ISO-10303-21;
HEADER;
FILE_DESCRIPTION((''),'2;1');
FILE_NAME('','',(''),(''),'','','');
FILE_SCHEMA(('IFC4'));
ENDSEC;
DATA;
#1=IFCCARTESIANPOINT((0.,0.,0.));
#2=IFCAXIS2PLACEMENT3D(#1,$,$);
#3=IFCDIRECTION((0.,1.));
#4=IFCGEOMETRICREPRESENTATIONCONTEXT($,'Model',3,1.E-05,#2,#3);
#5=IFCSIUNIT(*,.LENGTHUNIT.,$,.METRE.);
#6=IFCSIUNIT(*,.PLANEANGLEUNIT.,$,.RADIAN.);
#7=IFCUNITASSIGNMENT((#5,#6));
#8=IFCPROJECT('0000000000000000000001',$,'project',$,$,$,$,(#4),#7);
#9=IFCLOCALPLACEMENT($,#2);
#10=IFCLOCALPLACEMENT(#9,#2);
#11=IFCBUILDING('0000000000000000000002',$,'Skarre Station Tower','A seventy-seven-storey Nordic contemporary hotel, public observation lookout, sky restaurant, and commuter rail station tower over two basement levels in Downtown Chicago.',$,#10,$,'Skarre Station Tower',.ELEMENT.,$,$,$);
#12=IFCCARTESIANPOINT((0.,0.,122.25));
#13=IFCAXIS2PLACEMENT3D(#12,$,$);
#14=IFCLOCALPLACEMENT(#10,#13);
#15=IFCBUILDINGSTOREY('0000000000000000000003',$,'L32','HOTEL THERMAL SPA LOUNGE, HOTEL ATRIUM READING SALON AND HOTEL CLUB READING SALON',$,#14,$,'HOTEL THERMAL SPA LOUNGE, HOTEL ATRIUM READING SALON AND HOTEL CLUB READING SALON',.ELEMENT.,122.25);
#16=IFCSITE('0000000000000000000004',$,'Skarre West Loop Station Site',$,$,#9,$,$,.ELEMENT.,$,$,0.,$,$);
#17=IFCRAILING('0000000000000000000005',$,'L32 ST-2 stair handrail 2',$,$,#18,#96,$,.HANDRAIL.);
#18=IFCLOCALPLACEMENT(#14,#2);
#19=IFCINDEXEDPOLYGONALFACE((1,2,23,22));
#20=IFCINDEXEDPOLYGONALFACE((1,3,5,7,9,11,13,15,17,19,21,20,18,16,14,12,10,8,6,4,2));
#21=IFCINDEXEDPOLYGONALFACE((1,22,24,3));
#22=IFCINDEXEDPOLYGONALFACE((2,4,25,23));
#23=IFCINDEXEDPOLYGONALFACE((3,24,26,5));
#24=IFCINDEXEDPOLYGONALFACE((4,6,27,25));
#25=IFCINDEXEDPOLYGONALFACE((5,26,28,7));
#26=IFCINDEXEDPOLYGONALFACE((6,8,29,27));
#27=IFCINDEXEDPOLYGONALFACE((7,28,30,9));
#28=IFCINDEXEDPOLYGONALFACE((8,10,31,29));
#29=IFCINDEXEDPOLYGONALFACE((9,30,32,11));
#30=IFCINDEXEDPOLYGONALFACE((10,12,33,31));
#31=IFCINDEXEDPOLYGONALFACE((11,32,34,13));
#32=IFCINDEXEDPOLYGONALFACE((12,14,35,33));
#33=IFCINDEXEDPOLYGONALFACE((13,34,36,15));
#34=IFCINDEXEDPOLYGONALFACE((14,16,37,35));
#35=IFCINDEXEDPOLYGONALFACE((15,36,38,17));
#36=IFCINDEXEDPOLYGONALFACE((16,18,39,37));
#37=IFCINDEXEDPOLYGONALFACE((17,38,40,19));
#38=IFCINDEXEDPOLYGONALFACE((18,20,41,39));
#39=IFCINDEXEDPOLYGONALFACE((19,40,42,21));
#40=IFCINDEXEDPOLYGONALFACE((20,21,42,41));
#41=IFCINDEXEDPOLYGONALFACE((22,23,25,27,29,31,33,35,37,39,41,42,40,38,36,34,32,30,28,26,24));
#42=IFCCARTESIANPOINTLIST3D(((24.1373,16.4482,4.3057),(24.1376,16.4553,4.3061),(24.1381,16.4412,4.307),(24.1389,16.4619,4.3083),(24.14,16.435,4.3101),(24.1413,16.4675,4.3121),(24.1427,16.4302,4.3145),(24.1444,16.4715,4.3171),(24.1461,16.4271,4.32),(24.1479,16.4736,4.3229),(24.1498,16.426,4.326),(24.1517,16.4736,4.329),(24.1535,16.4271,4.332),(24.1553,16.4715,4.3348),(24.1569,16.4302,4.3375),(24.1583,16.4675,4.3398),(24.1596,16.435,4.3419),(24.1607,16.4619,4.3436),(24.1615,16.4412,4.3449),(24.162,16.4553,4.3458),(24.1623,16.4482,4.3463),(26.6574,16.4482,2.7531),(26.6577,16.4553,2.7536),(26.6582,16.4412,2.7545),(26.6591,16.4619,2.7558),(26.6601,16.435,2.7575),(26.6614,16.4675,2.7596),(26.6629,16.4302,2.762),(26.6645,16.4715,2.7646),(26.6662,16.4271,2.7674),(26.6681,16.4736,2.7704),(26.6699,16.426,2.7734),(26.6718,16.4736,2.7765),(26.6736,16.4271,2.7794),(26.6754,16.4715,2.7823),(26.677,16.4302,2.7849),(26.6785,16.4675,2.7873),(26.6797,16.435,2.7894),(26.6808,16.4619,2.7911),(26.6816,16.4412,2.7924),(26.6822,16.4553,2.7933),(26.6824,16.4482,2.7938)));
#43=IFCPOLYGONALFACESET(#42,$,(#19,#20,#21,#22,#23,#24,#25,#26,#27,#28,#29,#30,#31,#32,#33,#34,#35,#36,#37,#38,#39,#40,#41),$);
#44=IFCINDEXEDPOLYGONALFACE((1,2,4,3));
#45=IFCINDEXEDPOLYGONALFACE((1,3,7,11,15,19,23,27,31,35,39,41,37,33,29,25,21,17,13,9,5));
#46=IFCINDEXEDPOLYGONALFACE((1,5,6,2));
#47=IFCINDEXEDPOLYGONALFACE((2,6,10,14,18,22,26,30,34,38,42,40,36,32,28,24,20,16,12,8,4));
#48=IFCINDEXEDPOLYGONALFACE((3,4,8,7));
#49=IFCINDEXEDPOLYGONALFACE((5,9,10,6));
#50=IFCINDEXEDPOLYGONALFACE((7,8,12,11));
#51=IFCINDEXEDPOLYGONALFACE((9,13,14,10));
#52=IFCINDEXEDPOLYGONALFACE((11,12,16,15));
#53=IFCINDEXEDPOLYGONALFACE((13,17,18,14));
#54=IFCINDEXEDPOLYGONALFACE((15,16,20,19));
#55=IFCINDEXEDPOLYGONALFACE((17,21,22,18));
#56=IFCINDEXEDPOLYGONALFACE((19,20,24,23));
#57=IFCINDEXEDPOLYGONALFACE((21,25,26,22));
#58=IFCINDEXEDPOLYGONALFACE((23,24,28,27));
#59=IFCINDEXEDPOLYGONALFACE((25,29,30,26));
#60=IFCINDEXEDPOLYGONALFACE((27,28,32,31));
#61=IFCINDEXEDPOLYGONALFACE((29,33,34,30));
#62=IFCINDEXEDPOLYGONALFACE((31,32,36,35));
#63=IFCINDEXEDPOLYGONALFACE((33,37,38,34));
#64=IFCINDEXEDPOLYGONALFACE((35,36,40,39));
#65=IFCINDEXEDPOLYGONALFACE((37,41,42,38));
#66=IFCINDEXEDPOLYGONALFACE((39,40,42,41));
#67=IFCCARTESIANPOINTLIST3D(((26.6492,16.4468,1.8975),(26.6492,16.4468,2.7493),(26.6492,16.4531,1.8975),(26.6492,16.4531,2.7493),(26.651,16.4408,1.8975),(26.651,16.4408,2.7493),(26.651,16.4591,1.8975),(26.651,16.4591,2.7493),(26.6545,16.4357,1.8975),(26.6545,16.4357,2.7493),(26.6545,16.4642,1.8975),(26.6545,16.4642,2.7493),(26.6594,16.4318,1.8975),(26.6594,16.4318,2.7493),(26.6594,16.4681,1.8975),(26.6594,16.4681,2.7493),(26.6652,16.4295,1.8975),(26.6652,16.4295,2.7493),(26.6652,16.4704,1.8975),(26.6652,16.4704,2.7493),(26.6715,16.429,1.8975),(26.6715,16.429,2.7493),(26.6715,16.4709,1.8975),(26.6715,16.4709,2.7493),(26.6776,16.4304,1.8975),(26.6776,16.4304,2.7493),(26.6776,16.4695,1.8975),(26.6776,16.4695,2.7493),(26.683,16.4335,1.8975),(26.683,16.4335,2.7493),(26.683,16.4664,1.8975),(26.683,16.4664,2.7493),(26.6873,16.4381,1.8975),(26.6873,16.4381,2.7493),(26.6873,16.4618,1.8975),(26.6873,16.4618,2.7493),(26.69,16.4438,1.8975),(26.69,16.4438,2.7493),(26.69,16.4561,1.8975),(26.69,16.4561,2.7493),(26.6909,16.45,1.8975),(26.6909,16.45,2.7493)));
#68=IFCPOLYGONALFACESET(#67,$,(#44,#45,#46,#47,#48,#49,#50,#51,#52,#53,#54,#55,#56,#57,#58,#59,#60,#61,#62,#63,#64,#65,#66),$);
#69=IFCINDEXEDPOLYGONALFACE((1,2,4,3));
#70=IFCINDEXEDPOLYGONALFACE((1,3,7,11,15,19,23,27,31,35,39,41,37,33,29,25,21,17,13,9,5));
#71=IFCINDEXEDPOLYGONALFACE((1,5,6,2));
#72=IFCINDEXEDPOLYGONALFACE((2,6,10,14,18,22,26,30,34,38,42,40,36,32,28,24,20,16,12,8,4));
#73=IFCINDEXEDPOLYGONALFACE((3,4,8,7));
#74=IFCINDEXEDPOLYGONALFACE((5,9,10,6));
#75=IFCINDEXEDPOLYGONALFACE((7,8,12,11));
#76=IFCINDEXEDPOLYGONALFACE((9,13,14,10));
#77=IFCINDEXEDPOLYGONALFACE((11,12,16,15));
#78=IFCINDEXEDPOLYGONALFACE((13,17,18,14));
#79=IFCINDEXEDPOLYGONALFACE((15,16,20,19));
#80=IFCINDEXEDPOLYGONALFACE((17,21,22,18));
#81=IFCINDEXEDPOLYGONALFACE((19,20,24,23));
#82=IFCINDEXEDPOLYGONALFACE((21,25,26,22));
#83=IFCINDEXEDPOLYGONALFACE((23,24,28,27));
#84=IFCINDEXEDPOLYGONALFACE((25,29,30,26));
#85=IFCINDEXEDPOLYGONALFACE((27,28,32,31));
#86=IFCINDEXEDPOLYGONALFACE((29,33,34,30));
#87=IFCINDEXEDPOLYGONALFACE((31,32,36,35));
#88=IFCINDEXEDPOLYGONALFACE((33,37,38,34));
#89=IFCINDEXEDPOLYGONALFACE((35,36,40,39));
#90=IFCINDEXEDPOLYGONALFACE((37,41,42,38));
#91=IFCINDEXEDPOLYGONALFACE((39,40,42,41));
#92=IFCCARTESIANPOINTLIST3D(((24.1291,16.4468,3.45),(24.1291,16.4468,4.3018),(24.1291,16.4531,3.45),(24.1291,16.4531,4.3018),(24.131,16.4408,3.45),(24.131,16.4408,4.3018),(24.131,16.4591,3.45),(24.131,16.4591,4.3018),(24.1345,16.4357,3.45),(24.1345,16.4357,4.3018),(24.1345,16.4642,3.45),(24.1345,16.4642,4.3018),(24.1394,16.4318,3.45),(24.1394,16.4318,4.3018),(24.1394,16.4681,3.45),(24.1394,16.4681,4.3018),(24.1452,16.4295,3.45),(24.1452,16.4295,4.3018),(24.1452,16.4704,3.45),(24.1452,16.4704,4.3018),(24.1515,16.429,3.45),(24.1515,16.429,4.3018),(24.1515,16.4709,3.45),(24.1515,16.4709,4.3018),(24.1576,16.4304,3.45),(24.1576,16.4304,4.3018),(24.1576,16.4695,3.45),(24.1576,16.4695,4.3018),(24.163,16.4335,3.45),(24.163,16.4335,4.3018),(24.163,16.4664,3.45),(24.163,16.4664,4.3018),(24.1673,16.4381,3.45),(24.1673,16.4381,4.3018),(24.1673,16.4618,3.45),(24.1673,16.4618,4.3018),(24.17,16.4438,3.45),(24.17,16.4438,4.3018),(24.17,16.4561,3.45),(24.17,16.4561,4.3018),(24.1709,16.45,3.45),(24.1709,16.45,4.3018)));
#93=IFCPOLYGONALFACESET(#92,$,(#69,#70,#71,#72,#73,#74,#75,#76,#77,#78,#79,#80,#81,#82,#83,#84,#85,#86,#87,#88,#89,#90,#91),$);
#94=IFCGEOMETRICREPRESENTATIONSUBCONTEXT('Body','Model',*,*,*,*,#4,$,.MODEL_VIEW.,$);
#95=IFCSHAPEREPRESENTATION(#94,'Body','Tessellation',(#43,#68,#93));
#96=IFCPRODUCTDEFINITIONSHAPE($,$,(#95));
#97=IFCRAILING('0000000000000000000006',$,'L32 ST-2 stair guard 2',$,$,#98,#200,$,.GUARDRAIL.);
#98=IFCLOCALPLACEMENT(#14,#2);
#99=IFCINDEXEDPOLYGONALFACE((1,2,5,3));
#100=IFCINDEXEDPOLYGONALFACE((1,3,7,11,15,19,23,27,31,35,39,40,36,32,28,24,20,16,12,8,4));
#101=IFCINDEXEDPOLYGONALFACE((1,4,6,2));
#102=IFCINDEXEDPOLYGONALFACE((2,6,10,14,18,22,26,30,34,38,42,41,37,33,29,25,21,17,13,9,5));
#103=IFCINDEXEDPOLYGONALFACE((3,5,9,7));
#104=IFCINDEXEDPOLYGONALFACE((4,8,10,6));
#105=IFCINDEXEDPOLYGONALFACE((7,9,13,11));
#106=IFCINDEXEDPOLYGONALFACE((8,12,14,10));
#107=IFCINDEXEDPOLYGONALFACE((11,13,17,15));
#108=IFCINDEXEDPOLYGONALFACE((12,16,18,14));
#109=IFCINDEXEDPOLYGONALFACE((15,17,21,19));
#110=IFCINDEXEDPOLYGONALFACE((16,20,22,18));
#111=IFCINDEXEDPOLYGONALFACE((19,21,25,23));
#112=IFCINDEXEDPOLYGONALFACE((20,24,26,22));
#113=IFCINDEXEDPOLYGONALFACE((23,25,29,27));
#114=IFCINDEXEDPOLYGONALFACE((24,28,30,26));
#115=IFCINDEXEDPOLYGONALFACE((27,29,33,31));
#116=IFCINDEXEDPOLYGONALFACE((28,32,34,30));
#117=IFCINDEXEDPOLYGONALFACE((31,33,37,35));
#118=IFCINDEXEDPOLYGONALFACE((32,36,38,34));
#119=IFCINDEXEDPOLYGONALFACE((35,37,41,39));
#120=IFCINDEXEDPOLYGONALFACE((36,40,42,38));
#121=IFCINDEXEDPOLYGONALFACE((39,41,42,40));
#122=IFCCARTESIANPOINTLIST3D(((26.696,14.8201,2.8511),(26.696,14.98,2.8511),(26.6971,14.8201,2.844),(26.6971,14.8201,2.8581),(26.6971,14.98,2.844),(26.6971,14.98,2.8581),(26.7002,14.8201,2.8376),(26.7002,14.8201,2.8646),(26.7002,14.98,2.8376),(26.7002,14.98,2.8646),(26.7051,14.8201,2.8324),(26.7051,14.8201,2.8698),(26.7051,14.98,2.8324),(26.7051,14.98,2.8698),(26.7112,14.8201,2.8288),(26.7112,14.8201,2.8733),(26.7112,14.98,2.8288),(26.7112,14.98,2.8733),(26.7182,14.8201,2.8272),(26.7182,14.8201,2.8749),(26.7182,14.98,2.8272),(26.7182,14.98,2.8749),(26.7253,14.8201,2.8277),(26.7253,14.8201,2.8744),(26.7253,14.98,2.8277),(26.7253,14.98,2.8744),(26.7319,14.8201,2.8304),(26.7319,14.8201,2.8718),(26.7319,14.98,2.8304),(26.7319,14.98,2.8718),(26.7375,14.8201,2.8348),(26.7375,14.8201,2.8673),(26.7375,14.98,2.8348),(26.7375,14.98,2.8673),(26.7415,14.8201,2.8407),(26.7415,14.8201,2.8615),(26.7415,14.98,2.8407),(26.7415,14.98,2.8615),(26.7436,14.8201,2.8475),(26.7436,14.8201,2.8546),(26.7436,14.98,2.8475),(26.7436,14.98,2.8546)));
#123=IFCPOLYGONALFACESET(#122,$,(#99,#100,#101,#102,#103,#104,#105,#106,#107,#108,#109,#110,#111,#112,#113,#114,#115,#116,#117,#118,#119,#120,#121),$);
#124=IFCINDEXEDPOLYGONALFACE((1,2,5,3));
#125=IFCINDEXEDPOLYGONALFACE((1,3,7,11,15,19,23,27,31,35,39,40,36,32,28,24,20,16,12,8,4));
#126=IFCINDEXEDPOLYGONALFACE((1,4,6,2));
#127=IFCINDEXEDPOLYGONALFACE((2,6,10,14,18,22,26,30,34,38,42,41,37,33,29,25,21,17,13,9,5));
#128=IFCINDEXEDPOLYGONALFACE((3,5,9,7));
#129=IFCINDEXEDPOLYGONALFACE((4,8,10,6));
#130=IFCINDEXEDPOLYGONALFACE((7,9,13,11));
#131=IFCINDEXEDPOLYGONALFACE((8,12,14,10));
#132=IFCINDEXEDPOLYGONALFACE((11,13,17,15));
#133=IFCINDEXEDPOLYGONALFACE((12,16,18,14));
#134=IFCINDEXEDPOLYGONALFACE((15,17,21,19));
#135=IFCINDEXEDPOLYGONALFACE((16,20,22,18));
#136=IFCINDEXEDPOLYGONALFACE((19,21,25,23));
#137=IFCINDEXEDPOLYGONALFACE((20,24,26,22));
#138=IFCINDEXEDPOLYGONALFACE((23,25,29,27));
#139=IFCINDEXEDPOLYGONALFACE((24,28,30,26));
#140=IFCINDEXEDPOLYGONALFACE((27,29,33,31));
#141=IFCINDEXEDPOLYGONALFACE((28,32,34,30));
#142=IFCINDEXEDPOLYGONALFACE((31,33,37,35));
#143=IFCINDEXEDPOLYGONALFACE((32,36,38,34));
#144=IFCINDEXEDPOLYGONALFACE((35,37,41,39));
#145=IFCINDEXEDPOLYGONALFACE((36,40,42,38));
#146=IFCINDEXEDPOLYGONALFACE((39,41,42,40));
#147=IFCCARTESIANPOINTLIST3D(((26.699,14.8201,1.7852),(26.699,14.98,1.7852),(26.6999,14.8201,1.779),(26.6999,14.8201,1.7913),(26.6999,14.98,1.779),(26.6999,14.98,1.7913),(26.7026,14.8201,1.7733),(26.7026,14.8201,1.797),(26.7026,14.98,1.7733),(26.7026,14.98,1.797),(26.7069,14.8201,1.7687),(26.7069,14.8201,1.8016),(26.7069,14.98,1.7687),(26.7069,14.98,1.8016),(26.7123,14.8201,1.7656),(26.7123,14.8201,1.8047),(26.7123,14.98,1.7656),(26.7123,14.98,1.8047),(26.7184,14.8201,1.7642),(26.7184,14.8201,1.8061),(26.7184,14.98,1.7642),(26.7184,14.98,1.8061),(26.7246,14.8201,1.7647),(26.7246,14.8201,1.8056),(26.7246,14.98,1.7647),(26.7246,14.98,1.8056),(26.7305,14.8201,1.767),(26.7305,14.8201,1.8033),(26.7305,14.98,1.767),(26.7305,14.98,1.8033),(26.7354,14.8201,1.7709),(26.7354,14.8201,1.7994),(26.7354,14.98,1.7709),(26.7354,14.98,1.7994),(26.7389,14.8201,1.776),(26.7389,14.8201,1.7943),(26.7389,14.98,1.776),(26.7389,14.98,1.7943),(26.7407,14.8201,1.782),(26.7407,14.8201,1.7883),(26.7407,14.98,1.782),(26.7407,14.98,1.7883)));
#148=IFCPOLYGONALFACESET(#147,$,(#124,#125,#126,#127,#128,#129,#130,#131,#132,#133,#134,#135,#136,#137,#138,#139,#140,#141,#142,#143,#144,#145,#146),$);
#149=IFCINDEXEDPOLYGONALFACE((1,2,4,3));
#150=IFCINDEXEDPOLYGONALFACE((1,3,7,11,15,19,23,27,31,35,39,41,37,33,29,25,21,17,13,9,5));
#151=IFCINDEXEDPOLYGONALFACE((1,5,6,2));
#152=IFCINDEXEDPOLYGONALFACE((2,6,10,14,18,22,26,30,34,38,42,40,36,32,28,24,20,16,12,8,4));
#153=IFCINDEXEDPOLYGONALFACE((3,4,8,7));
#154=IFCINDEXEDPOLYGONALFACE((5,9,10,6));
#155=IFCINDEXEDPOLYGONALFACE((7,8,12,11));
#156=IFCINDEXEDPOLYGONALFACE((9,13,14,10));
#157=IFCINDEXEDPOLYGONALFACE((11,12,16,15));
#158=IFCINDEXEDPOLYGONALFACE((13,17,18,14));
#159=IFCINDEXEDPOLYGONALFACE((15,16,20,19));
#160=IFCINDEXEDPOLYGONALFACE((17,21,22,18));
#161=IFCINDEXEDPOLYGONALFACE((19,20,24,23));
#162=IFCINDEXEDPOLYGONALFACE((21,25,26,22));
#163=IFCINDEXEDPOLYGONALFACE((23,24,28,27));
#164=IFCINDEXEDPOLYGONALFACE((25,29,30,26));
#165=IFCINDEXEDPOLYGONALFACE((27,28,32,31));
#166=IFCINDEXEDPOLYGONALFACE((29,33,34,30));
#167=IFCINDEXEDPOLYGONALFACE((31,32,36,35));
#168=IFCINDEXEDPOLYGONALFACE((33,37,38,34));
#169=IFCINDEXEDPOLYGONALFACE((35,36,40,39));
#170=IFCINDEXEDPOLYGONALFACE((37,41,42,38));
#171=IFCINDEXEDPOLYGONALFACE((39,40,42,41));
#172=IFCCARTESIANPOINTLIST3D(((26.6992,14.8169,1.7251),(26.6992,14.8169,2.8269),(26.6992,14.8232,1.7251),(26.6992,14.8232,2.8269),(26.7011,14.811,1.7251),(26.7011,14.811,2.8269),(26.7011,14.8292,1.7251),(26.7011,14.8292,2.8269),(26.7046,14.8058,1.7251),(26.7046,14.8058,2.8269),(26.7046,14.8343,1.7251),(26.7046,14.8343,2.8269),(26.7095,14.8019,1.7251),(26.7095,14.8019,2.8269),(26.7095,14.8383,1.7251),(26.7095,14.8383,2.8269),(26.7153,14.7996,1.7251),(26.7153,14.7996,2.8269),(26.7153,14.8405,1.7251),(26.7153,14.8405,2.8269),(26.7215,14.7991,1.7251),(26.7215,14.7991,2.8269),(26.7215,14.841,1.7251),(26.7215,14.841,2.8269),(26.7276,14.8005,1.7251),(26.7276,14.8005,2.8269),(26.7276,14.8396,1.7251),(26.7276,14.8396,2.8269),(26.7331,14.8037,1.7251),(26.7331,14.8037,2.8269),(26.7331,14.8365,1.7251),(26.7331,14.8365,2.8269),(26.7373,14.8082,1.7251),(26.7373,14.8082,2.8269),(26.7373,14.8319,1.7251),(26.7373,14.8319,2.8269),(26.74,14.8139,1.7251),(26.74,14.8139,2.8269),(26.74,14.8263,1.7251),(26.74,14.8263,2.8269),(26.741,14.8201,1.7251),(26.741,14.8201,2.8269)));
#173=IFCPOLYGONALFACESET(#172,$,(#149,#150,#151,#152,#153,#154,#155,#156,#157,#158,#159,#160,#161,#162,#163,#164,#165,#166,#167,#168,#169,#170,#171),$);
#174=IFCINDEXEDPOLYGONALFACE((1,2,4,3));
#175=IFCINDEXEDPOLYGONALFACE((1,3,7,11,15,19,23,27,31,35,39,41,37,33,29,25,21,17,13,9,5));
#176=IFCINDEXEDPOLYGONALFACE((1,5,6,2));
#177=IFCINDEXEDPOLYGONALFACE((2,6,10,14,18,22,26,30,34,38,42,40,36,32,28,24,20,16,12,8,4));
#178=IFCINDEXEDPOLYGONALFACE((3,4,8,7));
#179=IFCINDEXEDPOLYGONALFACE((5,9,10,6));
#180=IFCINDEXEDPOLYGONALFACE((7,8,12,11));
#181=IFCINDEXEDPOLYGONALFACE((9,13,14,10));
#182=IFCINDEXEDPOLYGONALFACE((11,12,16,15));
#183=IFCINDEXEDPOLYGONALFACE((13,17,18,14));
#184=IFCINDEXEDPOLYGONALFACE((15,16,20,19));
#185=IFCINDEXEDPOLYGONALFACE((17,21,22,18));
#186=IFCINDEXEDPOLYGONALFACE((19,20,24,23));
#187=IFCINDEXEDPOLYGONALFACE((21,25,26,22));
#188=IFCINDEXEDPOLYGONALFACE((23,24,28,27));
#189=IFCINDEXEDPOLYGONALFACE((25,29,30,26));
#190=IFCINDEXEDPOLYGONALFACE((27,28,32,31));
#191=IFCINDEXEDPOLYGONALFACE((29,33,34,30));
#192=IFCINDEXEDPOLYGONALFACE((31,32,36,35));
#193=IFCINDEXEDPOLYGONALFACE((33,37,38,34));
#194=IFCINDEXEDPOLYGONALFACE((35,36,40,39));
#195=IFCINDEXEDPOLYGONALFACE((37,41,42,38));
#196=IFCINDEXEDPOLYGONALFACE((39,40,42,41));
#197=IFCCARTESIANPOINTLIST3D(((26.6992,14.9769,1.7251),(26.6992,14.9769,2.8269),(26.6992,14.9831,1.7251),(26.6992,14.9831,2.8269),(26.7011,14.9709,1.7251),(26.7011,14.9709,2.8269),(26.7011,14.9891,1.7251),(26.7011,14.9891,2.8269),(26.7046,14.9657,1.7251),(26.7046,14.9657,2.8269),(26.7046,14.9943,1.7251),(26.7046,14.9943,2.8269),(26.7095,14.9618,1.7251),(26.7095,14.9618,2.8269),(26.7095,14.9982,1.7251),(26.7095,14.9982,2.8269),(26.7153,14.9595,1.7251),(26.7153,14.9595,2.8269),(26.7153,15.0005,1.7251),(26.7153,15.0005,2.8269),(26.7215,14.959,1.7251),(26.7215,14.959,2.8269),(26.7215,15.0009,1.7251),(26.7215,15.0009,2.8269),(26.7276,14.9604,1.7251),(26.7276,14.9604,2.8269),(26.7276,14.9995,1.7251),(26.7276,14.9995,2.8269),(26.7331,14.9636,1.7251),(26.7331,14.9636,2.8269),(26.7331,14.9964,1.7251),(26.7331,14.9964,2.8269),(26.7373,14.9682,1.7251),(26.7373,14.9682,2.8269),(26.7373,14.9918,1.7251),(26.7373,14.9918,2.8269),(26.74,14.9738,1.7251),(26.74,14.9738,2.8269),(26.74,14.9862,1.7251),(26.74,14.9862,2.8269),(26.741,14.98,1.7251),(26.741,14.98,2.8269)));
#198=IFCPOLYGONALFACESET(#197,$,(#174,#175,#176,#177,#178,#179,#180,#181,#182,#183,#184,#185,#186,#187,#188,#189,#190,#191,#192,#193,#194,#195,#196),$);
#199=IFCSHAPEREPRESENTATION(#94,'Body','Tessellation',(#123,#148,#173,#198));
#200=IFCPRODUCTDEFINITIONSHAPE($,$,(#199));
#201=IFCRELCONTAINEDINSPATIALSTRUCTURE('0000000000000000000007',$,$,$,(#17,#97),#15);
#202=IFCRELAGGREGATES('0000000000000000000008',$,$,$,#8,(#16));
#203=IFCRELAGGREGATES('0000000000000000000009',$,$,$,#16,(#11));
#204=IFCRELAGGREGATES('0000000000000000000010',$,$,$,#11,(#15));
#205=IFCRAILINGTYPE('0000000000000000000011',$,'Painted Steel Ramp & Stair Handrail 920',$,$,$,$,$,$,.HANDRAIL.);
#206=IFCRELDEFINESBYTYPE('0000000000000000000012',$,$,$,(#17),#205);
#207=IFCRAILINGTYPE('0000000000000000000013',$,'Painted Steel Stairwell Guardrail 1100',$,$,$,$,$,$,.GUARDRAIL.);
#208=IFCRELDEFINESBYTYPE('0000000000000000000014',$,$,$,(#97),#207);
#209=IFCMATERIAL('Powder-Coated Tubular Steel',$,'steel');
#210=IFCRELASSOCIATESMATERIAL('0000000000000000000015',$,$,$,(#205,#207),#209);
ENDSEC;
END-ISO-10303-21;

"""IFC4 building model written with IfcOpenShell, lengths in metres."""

from ifc_helpers import new_model, si_unit, direction, frame, origin, origin_2d, place, context, subcontext, project, spatial, circle, extrude, material, type_object, element, save


model = new_model("IFC4")

# Units and contexts
model_context = context("Model", 3, precision=1e-05, world=origin(), true_north=direction((0.0, 1.0)))
body_context = subcontext(model_context, "Body", "Model", "MODEL_VIEW")
ifc_project = project(units=[si_unit("LENGTHUNIT", "METRE"), si_unit("PLANEANGLEUNIT", "RADIAN")], contexts=[model_context])

# Site, building, storey
site_placement = place(None, origin())
site = spatial("IfcSite", under=ifc_project, at=site_placement, Name="Skarre West Loop Station Site", CompositionType="ELEMENT", RefElevation=0.0)
building_placement = place(site_placement, origin())
building = spatial("IfcBuilding", under=site, at=building_placement, Name="Skarre Station Tower", Description="A seventy-seven-storey Nordic contemporary hotel, public observation lookout, sky restaurant, and commuter rail station tower over two basement levels in Downtown Chicago.", LongName="Skarre Station Tower", CompositionType="ELEMENT")
storey_placement = place(building_placement, frame((0.0, 0.0, 122.25)))
storey = spatial("IfcBuildingStorey", under=building, at=storey_placement, Name="L32", Description="HOTEL THERMAL SPA LOUNGE, HOTEL ATRIUM READING SALON AND HOTEL CLUB READING SALON", LongName="HOTEL THERMAL SPA LOUNGE, HOTEL ATRIUM READING SALON AND HOTEL CLUB READING SALON", CompositionType="ELEMENT", Elevation=122.25)

# Railings
ifc_material_1 = material(Name="Powder-Coated Tubular Steel", Category="steel")
railing_type_1 = type_object("IfcRailingType", Name="Painted Steel Ramp & Stair Handrail 920", PredefinedType="HANDRAIL", material=ifc_material_1)
railing_1_placement = place(storey_placement, frame((26.6699, 16.45, 1.8975)))
element("IfcRailing", 1, at=railing_1_placement, inside=storey, type_object=railing_type_1, Name="L32 ST-2 stair handrail 2", PredefinedType="HANDRAIL", context=body_context, shape_type="SweptSolid", body=[
    extrude(circle(Radius=0.0239, at=origin_2d()), frame((0.0, 0.0, 0.876), z_axis=(-0.8514, 0.0, 0.524516), x_axis=(0.0, -1.0, 0.0)), (0.0, 0.0, 1.0), 2.96),
    extrude(circle(Radius=0.021, at=origin_2d()), origin(), (0.0, 0.0, 1.0), 0.8518),
    extrude(circle(Radius=0.021, at=origin_2d()), frame((-2.52, 0.0, 1.5525)), (0.0, 0.0, 1.0), 0.8518),
])
railing_type_2 = type_object("IfcRailingType", Name="Painted Steel Stairwell Guardrail 1100", PredefinedType="GUARDRAIL", material=ifc_material_1)
railing_2_placement = place(storey_placement, frame((26.72, 14.8201, 1.7251)))
element("IfcRailing", 2, at=railing_2_placement, inside=storey, type_object=railing_type_2, Name="L32 ST-2 stair guard 2", PredefinedType="GUARDRAIL", context=body_context, shape_type="SweptSolid", body=[
    extrude(circle(Radius=0.0239, at=origin_2d()), frame((0.0, 0.0, 1.126), z_axis=(0.0, 1.0, 0.0), x_axis=(-1.0, 0.0, 0.0)), (0.0, 0.0, 1.0), 0.1599),
    extrude(circle(Radius=0.021, at=origin_2d()), frame((0.0, 0.0, 0.0601), z_axis=(0.0, 1.0, 0.0), x_axis=(-1.0, 0.0, 0.0)), (0.0, 0.0, 1.0), 0.1599),
    extrude(circle(Radius=0.021, at=origin_2d()), origin(), (0.0, 0.0, 1.0), 1.1018),
    extrude(circle(Radius=0.021, at=origin_2d()), frame((0.0, 0.1599, 0.0)), (0.0, 0.0, 1.0), 1.1018),
])

save(model, "model.ifc")
